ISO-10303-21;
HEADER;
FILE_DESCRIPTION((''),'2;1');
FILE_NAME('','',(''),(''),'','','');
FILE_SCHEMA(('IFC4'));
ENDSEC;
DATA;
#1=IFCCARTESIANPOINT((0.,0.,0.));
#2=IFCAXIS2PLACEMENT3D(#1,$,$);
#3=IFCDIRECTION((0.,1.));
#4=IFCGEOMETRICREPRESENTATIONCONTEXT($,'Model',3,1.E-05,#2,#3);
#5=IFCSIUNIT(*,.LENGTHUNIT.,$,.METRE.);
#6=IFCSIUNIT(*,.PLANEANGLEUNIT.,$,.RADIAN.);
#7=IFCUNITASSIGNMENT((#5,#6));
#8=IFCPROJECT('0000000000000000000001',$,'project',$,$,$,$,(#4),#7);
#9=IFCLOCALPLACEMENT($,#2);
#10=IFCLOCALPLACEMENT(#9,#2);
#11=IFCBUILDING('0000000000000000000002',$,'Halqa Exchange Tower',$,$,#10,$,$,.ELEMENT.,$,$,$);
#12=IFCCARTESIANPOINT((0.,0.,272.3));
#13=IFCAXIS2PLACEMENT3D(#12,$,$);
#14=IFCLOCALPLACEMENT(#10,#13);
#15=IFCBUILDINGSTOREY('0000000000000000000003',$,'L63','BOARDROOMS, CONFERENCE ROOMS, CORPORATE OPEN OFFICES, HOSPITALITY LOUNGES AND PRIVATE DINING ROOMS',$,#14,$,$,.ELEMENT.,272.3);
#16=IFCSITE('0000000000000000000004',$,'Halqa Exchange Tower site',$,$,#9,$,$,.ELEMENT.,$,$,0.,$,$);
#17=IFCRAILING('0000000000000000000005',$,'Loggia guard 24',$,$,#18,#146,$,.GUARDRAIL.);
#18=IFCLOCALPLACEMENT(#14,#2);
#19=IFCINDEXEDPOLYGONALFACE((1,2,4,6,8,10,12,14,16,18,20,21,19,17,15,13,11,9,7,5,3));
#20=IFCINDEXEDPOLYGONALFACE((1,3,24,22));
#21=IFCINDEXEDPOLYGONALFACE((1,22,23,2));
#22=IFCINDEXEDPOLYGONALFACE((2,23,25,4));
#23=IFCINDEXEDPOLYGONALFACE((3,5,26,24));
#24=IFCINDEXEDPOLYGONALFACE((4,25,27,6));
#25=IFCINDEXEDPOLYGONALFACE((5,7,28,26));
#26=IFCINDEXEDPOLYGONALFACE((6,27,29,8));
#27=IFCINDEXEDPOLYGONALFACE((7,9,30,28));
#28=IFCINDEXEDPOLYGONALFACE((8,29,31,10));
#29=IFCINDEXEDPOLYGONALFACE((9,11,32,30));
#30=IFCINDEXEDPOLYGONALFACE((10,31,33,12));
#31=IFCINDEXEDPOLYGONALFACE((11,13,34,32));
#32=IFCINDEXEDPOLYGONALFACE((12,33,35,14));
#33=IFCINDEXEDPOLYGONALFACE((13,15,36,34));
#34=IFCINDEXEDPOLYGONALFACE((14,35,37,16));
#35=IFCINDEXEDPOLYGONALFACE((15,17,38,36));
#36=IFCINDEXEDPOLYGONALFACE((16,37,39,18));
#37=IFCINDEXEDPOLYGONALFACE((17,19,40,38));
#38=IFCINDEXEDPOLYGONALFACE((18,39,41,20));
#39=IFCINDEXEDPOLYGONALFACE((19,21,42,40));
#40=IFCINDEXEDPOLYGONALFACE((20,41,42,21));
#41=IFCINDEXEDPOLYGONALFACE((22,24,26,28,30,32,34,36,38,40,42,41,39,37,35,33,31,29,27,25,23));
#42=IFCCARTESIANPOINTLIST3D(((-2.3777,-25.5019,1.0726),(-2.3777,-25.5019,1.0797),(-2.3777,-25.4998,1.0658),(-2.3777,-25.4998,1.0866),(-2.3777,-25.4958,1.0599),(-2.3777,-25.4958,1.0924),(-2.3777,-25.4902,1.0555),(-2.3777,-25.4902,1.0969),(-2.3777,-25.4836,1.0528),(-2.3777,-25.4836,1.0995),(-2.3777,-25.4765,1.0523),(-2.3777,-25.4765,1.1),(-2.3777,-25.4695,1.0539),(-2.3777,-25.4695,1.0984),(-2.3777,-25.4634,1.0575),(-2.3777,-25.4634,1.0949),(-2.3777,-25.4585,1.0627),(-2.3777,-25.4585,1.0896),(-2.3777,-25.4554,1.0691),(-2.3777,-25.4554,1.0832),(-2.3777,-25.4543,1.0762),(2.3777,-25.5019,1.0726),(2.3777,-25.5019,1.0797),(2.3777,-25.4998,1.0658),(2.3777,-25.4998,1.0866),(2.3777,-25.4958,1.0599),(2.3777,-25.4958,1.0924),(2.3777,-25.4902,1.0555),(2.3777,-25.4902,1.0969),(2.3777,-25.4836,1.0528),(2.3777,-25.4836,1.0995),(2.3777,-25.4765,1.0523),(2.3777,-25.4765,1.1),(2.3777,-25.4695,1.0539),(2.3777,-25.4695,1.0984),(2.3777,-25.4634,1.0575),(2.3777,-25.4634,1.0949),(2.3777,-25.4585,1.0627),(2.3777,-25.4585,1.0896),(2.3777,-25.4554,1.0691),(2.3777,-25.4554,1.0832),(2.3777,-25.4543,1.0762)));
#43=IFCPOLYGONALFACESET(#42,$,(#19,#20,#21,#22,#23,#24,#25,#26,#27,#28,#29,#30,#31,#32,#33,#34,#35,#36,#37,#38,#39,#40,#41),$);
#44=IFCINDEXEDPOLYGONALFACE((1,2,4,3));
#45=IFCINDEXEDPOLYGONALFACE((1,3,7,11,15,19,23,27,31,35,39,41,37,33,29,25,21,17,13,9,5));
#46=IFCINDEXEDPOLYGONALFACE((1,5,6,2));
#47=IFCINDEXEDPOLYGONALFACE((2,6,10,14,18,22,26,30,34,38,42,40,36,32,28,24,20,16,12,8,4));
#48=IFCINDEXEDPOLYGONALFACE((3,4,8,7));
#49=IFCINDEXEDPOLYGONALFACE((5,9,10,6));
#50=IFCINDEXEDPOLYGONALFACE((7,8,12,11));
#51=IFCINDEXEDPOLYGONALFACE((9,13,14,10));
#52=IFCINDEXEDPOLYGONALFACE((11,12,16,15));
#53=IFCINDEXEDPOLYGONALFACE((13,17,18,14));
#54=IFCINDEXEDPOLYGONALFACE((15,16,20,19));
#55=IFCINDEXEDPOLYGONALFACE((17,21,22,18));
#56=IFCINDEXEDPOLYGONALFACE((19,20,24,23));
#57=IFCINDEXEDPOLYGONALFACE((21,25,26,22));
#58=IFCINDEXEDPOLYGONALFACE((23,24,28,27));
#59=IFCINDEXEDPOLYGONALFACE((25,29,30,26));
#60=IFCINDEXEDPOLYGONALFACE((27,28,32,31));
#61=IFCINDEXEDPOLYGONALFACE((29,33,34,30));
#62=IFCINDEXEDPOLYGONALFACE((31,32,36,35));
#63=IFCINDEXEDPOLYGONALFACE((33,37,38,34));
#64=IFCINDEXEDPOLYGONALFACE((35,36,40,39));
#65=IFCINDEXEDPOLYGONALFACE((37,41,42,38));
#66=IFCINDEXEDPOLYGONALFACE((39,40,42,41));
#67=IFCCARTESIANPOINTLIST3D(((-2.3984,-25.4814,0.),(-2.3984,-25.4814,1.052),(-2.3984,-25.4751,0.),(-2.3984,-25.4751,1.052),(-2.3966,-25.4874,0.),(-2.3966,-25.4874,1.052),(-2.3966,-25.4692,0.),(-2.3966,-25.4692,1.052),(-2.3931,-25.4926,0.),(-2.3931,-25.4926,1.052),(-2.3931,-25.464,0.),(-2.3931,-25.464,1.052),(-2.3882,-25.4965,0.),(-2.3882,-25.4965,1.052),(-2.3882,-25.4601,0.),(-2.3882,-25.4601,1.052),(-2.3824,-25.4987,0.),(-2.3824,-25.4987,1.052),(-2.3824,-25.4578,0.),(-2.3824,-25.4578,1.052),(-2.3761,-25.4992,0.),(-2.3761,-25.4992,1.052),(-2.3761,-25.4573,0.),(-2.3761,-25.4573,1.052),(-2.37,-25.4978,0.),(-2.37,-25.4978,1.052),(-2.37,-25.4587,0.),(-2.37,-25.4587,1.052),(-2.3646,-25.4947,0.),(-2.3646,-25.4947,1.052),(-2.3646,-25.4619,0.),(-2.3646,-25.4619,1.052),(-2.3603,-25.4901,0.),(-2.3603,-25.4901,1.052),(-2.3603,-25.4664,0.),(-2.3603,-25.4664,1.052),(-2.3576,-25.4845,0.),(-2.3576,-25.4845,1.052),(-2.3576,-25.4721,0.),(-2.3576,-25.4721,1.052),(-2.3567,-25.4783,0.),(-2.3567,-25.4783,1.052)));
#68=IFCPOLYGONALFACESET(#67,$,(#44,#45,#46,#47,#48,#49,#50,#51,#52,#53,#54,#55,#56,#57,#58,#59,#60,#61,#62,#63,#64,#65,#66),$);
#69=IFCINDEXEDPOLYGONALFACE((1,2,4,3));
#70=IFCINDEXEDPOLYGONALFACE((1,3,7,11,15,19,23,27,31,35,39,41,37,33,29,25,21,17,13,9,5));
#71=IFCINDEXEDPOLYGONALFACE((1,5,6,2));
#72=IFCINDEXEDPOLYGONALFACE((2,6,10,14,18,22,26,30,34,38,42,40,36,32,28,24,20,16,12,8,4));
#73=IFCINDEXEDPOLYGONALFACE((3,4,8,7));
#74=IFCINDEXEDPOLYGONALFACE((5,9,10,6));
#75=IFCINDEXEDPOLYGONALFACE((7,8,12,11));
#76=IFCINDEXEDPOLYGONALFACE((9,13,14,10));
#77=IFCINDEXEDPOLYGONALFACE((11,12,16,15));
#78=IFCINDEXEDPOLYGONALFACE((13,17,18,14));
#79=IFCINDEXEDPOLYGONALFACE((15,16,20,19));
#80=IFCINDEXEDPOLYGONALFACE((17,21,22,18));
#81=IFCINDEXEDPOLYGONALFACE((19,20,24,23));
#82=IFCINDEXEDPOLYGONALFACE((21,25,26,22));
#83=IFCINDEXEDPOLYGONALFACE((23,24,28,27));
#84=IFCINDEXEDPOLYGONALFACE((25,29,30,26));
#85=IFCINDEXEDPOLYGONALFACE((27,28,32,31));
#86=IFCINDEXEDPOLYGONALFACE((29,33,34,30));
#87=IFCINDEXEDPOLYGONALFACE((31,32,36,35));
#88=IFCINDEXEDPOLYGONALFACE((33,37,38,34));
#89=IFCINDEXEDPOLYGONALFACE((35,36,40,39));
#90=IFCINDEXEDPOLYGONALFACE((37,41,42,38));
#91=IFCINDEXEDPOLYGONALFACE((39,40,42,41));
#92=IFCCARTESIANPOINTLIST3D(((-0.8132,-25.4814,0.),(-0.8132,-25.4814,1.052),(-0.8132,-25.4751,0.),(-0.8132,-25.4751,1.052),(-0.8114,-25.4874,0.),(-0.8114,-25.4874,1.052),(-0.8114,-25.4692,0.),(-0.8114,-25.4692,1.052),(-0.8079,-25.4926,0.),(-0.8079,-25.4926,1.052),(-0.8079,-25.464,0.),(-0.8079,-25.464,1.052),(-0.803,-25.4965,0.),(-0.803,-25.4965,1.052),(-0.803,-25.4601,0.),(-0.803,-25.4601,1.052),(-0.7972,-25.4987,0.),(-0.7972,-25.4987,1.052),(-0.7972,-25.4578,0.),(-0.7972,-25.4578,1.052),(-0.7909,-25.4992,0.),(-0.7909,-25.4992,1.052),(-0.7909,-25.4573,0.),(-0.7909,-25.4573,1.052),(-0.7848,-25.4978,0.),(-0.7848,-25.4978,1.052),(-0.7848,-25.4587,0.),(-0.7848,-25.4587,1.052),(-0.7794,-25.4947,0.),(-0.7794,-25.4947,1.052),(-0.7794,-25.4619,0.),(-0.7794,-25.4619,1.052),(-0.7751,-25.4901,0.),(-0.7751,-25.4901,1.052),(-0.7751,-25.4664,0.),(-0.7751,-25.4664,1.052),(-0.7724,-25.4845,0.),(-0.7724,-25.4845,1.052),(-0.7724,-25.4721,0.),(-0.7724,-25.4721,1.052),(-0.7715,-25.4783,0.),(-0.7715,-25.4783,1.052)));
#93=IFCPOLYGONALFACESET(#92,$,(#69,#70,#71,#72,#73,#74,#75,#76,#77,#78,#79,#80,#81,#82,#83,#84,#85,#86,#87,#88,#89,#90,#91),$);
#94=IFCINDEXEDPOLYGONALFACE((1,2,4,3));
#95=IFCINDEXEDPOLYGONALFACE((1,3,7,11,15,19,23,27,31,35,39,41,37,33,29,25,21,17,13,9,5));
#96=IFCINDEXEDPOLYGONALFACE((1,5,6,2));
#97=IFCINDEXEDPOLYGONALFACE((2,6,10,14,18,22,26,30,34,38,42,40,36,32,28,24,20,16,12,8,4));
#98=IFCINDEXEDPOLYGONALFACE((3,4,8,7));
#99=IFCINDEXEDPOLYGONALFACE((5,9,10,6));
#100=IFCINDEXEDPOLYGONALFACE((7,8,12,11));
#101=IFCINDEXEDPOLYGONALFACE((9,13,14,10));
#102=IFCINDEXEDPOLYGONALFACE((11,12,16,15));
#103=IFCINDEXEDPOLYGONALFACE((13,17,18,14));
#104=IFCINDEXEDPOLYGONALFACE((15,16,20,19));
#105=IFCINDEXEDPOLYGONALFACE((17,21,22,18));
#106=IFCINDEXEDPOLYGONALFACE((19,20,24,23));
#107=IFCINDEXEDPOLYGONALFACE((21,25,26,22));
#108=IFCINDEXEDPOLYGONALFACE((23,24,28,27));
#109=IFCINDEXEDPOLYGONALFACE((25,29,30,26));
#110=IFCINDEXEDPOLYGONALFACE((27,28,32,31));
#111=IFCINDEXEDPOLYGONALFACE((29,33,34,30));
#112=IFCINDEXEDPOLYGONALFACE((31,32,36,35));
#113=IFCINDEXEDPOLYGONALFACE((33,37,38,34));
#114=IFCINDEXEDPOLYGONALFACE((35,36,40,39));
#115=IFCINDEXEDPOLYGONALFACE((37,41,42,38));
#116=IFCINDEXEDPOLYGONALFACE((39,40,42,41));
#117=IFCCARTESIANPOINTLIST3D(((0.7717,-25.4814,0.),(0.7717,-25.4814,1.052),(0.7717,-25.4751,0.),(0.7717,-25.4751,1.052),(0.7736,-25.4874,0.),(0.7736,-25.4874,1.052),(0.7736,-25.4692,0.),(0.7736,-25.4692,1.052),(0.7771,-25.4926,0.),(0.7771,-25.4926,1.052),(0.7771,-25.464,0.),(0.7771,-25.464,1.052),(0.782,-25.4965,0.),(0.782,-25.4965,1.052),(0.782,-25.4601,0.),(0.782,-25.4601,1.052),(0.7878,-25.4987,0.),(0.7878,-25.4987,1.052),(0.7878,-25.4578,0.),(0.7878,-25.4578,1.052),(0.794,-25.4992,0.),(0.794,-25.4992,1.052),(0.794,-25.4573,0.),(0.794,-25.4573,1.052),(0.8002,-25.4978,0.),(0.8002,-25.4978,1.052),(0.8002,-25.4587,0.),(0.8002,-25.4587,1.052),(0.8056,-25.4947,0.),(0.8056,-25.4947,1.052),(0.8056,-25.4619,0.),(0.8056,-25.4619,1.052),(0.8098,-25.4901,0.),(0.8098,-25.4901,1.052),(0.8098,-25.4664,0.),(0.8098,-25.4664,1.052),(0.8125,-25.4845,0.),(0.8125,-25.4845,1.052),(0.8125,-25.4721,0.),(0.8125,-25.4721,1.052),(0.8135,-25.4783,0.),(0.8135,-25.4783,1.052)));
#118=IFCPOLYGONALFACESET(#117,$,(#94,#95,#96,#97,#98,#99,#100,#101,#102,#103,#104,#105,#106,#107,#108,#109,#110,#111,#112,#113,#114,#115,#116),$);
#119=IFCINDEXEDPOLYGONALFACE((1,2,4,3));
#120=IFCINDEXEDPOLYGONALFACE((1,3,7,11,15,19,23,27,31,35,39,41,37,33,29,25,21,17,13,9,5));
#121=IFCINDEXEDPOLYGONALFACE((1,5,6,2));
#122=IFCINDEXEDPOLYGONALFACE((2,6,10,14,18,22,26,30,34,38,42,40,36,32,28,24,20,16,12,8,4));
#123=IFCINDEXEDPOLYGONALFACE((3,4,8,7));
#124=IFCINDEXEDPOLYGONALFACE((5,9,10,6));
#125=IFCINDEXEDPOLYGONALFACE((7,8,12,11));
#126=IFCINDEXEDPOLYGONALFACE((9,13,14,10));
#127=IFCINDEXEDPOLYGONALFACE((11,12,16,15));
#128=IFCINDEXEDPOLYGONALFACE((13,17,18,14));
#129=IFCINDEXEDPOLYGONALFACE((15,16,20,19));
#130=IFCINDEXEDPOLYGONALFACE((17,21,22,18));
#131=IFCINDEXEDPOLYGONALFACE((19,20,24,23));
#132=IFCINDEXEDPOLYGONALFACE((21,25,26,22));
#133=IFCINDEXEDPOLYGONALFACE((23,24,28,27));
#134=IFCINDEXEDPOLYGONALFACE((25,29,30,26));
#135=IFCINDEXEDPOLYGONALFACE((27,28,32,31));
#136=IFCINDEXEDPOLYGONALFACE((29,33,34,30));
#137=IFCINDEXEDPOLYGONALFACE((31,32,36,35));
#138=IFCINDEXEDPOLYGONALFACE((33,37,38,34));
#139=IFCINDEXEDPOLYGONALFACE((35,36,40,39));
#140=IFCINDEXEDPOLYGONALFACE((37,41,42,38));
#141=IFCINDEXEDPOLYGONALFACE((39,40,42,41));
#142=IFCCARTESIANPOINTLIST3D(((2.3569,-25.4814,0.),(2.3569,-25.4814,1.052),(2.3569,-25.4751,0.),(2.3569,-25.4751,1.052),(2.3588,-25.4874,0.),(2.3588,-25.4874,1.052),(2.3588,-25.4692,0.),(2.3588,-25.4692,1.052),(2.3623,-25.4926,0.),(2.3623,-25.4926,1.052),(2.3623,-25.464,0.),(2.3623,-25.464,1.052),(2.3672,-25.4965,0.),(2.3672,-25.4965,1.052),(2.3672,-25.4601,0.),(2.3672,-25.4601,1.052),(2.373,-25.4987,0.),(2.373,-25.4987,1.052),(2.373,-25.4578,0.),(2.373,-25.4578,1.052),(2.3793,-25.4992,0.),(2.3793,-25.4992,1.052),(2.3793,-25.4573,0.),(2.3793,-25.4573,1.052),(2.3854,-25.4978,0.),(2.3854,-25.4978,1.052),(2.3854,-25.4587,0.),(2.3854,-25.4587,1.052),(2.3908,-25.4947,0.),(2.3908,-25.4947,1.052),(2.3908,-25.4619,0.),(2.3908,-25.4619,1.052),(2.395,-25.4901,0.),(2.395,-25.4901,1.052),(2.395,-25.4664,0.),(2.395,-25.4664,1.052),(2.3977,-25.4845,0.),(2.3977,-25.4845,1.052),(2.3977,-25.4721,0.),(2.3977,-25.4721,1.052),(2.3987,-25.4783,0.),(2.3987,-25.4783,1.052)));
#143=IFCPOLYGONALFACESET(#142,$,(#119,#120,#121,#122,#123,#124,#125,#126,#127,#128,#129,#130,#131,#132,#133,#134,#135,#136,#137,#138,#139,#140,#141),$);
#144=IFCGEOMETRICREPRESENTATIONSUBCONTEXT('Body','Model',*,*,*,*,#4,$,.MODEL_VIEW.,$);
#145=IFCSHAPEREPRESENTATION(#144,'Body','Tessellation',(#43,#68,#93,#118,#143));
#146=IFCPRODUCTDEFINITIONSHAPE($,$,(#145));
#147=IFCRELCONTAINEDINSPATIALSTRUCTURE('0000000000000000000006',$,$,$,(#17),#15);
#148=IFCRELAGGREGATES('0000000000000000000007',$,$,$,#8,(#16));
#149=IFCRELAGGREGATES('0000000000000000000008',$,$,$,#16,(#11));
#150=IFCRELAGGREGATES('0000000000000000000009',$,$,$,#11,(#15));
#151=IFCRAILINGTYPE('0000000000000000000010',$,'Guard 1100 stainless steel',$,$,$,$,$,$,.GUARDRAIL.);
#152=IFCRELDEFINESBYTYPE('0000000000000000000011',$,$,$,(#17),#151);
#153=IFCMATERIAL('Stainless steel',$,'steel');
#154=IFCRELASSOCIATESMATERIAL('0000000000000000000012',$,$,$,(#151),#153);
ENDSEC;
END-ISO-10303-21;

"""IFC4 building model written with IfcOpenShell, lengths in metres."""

from ifc_helpers import new_model, si_unit, direction, frame, origin, origin_2d, place, context, subcontext, project, spatial, circle, extrude, material, type_object, element, save


model = new_model("IFC4")

# Units and contexts
model_context = context("Model", 3, precision=1e-05, world=origin(), true_north=direction((0.0, 1.0)))
body_context = subcontext(model_context, "Body", "Model", "MODEL_VIEW")
ifc_project = project(units=[si_unit("LENGTHUNIT", "METRE"), si_unit("PLANEANGLEUNIT", "RADIAN")], contexts=[model_context])

# Site, building, storey
site_placement = place(None, origin())
site = spatial("IfcSite", under=ifc_project, at=site_placement, Name="Halqa Exchange Tower site", CompositionType="ELEMENT", RefElevation=0.0)
building_placement = place(site_placement, origin())
building = spatial("IfcBuilding", under=site, at=building_placement, Name="Halqa Exchange Tower", CompositionType="ELEMENT")
storey_placement = place(building_placement, frame((0.0, 0.0, 272.3)))
storey = spatial("IfcBuildingStorey", under=building, at=storey_placement, Name="L63", Description="BOARDROOMS, CONFERENCE ROOMS, CORPORATE OPEN OFFICES, HOSPITALITY LOUNGES AND PRIVATE DINING ROOMS", CompositionType="ELEMENT", Elevation=272.3)

# Railing
ifc_material_1 = material(Name="Stainless steel", Category="steel")
railing_type = type_object("IfcRailingType", Name="Guard 1100 stainless steel", PredefinedType="GUARDRAIL", material=ifc_material_1)
railing_1_placement = place(storey_placement, frame((-2.3777, -25.4783, 0.0)))
element("IfcRailing", 1, at=railing_1_placement, inside=storey, type_object=railing_type, Name="Loggia guard 24", PredefinedType="GUARDRAIL", context=body_context, shape_type="SweptSolid", body=[
    extrude(circle(Radius=0.0239, at=origin_2d()), frame((0.0, 0.0, 1.0762), z_axis=(1.0, 0.0, 0.0), x_axis=(0.0, 1.0, 0.0)), (0.0, 0.0, 1.0), 4.7554),
    extrude(circle(Radius=0.021, at=origin_2d()), origin(), (0.0, 0.0, 1.0), 1.052),
    extrude(circle(Radius=0.021, at=origin_2d()), frame((1.5852, 0.0, 0.0)), (0.0, 0.0, 1.0), 1.052),
    extrude(circle(Radius=0.021, at=origin_2d()), frame((3.1702, 0.0, 0.0)), (0.0, 0.0, 1.0), 1.052),
    extrude(circle(Radius=0.021, at=origin_2d()), frame((4.7554, 0.0, 0.0)), (0.0, 0.0, 1.0), 1.052),
])

save(model, "model.ifc")
